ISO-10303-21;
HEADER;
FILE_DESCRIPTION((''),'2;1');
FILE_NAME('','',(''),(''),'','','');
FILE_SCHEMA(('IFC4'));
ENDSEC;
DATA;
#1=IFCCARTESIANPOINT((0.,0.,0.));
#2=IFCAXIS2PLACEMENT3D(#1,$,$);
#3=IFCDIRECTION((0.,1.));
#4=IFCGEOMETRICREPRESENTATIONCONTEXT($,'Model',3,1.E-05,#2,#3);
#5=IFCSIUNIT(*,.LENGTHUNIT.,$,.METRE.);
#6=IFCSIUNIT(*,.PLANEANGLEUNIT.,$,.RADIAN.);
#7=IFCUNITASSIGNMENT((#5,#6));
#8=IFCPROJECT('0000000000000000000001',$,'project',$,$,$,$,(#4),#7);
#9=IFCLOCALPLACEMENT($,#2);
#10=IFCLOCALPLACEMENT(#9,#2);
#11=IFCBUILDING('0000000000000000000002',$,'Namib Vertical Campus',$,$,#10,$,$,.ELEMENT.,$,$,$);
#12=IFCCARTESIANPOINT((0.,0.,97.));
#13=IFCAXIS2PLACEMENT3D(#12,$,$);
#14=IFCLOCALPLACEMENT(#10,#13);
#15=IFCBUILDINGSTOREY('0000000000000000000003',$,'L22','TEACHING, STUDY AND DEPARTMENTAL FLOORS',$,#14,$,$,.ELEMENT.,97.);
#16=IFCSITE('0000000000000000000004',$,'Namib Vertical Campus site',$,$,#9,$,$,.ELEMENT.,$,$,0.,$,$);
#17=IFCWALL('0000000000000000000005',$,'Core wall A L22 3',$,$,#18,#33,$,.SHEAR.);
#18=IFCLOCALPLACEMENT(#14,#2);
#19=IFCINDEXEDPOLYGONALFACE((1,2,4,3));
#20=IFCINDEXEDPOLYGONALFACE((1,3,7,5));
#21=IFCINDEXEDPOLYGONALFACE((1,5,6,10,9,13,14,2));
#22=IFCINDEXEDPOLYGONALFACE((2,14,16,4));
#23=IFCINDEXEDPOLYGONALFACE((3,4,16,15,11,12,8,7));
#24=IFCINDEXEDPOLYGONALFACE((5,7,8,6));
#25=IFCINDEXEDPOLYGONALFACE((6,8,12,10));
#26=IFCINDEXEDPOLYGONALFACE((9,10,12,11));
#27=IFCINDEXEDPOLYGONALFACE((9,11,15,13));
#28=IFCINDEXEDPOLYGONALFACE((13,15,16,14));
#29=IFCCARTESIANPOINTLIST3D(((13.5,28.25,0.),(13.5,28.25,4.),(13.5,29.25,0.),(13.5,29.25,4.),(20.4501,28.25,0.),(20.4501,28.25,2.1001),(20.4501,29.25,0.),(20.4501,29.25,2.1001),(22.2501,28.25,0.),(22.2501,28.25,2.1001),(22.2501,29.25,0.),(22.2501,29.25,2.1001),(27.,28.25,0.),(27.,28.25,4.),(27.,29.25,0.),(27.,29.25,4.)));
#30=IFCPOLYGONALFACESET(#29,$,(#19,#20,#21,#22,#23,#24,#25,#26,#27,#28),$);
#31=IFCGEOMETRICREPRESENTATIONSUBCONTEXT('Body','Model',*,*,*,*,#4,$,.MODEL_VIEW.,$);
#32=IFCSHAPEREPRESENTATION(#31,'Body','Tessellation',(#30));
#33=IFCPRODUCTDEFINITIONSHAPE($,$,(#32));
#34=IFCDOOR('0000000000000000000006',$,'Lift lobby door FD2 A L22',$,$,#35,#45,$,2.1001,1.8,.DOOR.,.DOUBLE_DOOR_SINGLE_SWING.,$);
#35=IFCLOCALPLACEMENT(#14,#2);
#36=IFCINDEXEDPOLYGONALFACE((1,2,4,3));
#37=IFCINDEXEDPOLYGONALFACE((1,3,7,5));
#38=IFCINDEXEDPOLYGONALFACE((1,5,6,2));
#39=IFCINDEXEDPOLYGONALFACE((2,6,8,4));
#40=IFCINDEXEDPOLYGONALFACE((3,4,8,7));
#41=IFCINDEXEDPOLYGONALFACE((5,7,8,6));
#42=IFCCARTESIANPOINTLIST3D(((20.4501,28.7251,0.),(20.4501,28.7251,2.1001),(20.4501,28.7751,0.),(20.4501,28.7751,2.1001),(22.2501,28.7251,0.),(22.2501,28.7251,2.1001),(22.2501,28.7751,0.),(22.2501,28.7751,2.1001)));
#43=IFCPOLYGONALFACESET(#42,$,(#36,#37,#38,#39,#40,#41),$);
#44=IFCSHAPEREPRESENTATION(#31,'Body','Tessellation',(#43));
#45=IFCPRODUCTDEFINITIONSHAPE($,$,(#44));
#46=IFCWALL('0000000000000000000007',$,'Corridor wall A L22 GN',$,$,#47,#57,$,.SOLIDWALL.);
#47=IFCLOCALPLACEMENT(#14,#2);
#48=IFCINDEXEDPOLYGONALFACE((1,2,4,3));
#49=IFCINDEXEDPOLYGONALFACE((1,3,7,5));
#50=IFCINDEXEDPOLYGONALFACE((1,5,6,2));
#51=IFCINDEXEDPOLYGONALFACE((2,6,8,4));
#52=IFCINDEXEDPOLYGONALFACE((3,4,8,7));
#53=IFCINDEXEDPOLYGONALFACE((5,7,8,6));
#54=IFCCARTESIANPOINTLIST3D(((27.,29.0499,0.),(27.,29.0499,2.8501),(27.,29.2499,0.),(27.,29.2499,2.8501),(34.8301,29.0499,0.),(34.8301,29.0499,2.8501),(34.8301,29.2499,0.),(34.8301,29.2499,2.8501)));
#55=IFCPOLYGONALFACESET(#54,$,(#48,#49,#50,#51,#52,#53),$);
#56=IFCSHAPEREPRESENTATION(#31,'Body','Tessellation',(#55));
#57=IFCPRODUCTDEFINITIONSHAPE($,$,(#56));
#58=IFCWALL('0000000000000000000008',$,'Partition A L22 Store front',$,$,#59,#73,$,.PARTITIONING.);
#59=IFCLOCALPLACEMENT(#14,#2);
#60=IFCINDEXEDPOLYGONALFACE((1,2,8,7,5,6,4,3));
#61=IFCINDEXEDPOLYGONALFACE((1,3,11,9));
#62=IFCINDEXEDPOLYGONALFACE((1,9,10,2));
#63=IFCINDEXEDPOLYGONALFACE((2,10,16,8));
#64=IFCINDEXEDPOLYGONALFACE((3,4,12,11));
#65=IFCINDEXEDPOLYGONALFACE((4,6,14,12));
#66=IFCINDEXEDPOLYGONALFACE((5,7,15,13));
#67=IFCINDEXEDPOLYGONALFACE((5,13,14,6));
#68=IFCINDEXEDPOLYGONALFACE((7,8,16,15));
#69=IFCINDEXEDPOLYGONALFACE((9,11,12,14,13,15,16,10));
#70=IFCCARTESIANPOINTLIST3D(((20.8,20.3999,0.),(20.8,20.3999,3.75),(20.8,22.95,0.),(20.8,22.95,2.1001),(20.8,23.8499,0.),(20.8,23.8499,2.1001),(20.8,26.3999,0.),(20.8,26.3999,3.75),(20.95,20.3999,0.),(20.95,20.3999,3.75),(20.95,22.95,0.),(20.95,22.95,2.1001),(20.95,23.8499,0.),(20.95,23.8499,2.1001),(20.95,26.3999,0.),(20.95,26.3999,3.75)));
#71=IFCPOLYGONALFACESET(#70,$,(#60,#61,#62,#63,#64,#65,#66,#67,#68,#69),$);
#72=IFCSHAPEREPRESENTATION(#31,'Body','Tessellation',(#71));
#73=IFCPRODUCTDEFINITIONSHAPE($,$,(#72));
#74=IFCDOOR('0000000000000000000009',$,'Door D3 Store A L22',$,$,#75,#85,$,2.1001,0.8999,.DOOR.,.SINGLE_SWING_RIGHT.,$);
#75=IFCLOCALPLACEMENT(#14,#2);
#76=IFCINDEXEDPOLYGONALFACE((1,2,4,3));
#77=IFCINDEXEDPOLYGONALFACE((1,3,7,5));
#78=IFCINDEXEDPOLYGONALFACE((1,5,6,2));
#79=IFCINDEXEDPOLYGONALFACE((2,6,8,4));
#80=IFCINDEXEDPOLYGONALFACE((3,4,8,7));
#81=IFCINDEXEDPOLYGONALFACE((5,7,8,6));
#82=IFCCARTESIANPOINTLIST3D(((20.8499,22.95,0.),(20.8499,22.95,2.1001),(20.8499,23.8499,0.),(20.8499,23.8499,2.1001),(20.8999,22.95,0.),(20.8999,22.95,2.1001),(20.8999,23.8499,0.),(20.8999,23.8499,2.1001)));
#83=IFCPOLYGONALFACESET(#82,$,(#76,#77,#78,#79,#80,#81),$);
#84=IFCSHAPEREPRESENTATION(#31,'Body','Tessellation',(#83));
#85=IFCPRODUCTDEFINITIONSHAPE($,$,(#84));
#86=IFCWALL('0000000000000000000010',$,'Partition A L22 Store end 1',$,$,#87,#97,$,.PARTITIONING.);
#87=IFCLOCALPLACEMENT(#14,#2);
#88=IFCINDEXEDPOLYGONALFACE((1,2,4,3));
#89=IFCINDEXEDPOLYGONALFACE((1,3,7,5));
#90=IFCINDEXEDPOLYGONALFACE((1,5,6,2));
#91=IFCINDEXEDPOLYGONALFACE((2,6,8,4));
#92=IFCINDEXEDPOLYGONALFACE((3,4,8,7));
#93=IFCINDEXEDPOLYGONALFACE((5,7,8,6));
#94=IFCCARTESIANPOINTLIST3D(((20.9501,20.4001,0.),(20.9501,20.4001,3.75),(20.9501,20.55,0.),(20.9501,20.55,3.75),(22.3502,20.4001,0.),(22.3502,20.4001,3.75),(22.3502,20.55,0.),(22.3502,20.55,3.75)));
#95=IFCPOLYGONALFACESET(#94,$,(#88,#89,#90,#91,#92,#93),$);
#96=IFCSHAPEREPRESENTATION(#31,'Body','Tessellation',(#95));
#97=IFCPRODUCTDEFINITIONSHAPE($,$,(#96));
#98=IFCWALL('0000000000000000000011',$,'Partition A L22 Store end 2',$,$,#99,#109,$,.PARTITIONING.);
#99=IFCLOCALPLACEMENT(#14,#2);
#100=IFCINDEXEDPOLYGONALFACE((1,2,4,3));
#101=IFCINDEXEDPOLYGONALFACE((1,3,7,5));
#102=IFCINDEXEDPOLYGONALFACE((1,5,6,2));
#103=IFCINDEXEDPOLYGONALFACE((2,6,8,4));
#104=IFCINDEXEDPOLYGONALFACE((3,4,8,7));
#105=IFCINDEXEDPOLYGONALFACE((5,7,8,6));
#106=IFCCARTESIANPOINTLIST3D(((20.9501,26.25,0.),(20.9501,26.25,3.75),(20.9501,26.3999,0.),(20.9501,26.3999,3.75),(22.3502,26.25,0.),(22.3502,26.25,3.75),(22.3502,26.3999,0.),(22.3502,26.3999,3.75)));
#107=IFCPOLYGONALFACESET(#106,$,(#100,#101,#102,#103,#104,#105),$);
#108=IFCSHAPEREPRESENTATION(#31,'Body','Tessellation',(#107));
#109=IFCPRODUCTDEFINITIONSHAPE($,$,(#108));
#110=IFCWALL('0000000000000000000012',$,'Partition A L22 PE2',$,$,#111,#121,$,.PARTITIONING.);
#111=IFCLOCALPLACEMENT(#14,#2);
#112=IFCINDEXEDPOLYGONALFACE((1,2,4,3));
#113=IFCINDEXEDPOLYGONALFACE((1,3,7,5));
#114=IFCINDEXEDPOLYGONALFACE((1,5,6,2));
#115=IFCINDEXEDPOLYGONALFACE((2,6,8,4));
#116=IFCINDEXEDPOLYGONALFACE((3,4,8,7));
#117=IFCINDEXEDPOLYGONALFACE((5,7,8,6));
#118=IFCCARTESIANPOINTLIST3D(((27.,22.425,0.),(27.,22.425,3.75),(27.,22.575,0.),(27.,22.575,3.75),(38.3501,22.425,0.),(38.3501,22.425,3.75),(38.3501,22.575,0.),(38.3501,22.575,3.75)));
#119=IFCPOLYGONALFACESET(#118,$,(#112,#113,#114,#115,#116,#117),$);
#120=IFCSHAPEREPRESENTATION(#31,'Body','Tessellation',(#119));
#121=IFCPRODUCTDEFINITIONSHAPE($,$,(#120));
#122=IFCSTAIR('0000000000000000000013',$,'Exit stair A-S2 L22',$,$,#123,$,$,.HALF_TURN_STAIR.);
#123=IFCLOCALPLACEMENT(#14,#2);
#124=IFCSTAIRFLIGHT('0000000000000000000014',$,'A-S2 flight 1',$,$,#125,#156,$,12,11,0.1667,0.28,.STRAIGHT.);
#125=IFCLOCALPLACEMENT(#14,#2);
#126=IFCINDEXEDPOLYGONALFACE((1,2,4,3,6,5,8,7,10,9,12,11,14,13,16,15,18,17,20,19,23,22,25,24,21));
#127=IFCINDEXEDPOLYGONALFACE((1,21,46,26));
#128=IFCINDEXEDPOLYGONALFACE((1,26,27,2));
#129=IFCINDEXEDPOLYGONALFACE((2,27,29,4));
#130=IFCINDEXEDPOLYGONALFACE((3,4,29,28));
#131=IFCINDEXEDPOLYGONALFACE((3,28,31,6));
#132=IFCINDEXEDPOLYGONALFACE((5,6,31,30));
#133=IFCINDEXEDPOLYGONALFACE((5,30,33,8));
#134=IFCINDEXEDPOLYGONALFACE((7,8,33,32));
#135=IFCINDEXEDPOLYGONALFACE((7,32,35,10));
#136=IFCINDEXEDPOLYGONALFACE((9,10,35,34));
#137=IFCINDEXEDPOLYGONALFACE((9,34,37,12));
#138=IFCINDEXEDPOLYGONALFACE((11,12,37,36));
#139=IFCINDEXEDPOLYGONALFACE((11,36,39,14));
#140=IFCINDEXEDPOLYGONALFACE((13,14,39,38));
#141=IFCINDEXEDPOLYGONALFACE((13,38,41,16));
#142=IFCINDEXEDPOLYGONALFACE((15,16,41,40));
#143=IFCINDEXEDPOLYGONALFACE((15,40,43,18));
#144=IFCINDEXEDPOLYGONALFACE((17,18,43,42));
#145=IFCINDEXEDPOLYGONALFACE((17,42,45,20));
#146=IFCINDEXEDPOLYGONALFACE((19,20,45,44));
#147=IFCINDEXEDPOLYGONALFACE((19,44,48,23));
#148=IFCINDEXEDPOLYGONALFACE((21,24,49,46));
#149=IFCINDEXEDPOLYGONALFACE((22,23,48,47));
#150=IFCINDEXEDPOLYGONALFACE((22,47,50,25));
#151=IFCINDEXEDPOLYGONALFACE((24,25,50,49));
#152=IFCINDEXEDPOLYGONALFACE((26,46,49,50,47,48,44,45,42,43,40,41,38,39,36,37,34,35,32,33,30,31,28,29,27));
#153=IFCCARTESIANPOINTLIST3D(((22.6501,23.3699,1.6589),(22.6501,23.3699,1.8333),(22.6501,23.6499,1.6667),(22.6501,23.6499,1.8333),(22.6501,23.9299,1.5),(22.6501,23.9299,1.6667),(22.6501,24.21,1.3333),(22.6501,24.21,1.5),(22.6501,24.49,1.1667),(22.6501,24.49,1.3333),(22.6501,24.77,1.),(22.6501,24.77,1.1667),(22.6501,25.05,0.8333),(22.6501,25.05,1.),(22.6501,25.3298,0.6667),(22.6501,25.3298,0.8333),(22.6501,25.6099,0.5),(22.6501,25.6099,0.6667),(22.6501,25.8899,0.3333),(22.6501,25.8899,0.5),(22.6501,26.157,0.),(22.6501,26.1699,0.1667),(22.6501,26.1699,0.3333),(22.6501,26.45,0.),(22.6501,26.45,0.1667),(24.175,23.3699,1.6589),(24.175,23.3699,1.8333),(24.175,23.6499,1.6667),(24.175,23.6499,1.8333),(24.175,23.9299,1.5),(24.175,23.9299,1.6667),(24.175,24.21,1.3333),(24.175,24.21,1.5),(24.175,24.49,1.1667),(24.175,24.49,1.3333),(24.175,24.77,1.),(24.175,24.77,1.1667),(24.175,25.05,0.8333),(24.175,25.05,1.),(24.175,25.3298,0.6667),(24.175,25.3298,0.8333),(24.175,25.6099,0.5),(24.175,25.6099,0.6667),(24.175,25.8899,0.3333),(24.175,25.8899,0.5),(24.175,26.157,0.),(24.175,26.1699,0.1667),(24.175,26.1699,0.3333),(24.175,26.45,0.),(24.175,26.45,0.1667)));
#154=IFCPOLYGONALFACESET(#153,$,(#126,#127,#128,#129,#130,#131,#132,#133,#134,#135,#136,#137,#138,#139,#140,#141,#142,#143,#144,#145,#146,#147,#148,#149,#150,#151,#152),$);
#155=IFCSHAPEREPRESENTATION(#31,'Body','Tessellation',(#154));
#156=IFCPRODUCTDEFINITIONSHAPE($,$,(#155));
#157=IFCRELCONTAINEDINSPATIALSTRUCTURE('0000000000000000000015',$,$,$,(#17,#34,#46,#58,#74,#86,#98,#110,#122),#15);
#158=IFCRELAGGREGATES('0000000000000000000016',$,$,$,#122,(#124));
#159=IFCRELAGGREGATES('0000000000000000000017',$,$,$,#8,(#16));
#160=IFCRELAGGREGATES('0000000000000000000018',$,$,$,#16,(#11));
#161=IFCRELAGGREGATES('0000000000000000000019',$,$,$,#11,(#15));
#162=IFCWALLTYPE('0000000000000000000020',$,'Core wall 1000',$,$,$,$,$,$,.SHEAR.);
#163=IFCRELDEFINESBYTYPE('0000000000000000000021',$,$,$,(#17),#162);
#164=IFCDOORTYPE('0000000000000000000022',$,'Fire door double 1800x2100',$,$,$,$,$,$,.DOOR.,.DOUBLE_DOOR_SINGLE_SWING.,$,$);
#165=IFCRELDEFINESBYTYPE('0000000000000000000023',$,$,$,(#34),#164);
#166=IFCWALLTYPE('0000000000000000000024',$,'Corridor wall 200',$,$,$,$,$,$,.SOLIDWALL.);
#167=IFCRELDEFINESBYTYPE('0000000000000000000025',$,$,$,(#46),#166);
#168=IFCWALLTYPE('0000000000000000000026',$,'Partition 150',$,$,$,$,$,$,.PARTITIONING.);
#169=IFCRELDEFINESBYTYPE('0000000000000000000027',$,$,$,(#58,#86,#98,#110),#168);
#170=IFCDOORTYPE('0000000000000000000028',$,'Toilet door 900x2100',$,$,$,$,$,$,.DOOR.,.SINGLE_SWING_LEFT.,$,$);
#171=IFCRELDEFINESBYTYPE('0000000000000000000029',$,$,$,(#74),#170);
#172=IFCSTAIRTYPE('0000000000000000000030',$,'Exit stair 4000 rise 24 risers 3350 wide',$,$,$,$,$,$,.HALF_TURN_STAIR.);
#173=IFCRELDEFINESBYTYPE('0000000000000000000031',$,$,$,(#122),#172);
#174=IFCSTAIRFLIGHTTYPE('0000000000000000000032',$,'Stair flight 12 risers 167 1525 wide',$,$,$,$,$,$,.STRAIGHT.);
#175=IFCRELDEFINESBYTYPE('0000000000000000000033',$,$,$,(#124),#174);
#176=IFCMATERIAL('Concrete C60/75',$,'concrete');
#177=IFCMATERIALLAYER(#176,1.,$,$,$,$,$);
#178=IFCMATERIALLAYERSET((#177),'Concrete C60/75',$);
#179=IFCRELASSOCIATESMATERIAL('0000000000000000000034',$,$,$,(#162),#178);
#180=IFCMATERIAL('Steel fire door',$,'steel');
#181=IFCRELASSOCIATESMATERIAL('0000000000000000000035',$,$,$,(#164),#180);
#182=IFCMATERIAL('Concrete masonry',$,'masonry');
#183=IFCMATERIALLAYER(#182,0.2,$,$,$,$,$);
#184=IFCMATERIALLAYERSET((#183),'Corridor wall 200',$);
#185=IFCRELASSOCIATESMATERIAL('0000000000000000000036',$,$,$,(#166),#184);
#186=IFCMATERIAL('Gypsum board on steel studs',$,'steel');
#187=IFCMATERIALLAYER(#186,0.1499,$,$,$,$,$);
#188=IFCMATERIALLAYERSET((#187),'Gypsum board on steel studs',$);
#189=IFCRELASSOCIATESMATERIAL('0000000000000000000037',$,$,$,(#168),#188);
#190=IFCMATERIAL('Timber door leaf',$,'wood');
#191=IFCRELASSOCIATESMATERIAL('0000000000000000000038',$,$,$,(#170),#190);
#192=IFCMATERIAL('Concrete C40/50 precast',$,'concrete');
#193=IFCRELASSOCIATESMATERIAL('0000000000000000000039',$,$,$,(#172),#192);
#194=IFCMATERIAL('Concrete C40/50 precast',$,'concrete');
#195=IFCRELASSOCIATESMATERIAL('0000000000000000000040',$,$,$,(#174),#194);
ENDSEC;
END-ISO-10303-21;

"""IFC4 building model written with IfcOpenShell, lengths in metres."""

from ifc_helpers import new_model, si_unit, direction, frame, frame_2d, origin, place, context, subcontext, project, spatial, polyline, rectangle, outline, extrude, material, layer, layer_set, type_object, element, fill, aggregate, save


model = new_model("IFC4")

# Units and contexts
model_context = context("Model", 3, precision=1e-05, world=origin(), true_north=direction((0.0, 1.0)))
body_context = subcontext(model_context, "Body", "Model", "MODEL_VIEW")
ifc_project = project(units=[si_unit("LENGTHUNIT", "METRE"), si_unit("PLANEANGLEUNIT", "RADIAN")], contexts=[model_context])

# Site, building, storey
site_placement = place(None, origin())
site = spatial("IfcSite", under=ifc_project, at=site_placement, Name="Namib Vertical Campus site", CompositionType="ELEMENT", RefElevation=0.0)
building_placement = place(site_placement, origin())
building = spatial("IfcBuilding", under=site, at=building_placement, Name="Namib Vertical Campus", CompositionType="ELEMENT")
storey_placement = place(building_placement, frame((0.0, 0.0, 97.0)))
storey = spatial("IfcBuildingStorey", under=building, at=storey_placement, Name="L22", Description="TEACHING, STUDY AND DEPARTMENTAL FLOORS", CompositionType="ELEMENT", Elevation=97.0)

# Wall, opening, door
ifc_material_1 = material(Name="Concrete C60/75", Category="concrete")
ifc_layer_1 = layer(ifc_material_1, 1.0)
ifc_layer_set_1 = layer_set([ifc_layer_1], Name="Concrete C60/75")
wall_type_1 = type_object("IfcWallType", Name="Core wall 1000", PredefinedType="SHEAR", material=ifc_layer_set_1)
wall_1_placement = place(storey_placement, frame((27.0, 28.75, 0.0), z_axis=(0.0, 0.0, 1.0), x_axis=(-1.0, 0.0, 0.0)))
wall_1 = element("IfcWall", 1, at=wall_1_placement, inside=storey, type_object=wall_type_1, Name="Core wall A L22 3", PredefinedType="SHEAR", context=body_context, shape_type="SweptSolid", body=[
    extrude(rectangle(XDim=13.5, YDim=1.0, at=frame_2d((6.75, 0.0))), origin(), (0.0, 0.0, 1.0), 4.0),
])
opening_1_placement = place(wall_1_placement, frame((4.75, 0.0, 0.0)))
opening_1 = element("IfcOpeningElement", 2, at=opening_1_placement, cuts=wall_1, PredefinedType="OPENING", context=body_context, shape_type="SweptSolid", body=[
    extrude(rectangle(XDim=1.8, YDim=2.1001, at=frame_2d((0.8999, 1.05))), frame((0.0, 0.51, 0.0), z_axis=(0.0, -1.0, 0.0), x_axis=(1.0, 0.0, 0.0)), (0.0, 0.0, 1.0), 1.02),
])
ifc_material_2 = material(Name="Steel fire door", Category="steel")
door_type_1 = type_object("IfcDoorType", Name="Fire door double 1800x2100", OperationType="DOUBLE_DOOR_SINGLE_SWING", PredefinedType="DOOR", material=ifc_material_2)
door_1_placement = place(opening_1_placement, origin())
door_1 = element("IfcDoor", 3, at=door_1_placement, inside=storey, type_object=door_type_1, Name="Lift lobby door FD2 A L22", OperationType="DOUBLE_DOOR_SINGLE_SWING", OverallHeight=2.1001, OverallWidth=1.8, PredefinedType="DOOR", context=body_context, shape_type="SweptSolid", body=[
    extrude(rectangle(XDim=1.8, YDim=2.1001, at=frame_2d((0.8999, 1.05))), frame((0.0, 0.0249, 0.0), z_axis=(0.0, -1.0, 0.0), x_axis=(1.0, 0.0, 0.0)), (0.0, 0.0, 1.0), 0.05),
])
fill(opening_1, door_1)

# Wall
ifc_material_3 = material(Name="Concrete masonry", Category="masonry")
ifc_layer_2 = layer(ifc_material_3, 0.2)
ifc_layer_set_2 = layer_set([ifc_layer_2], Name="Corridor wall 200")
wall_type_2 = type_object("IfcWallType", Name="Corridor wall 200", PredefinedType="SOLIDWALL", material=ifc_layer_set_2)
wall_2_placement = place(storey_placement, frame((27.0, 29.1499, 0.0), z_axis=(0.0, 0.0, 1.0), x_axis=(1.0, 0.0, 0.0)))
element("IfcWall", 4, at=wall_2_placement, inside=storey, type_object=wall_type_2, Name="Corridor wall A L22 GN", PredefinedType="SOLIDWALL", context=body_context, shape_type="SweptSolid", body=[
    extrude(rectangle(XDim=7.8301, YDim=0.2, at=frame_2d((3.915, 0.0))), origin(), (0.0, 0.0, 1.0), 2.8501),
])

# Wall, opening, door
ifc_material_4 = material(Name="Gypsum board on steel studs", Category="steel")
ifc_layer_3 = layer(ifc_material_4, 0.1499)
ifc_layer_set_3 = layer_set([ifc_layer_3], Name="Gypsum board on steel studs")
wall_type_3 = type_object("IfcWallType", Name="Partition 150", PredefinedType="PARTITIONING", material=ifc_layer_set_3)
wall_3_placement = place(storey_placement, frame((20.875, 20.3999, 0.0), z_axis=(0.0, 0.0, 1.0), x_axis=(0.0, 1.0, 0.0)))
wall_3 = element("IfcWall", 5, at=wall_3_placement, inside=storey, type_object=wall_type_3, Name="Partition A L22 Store front", PredefinedType="PARTITIONING", context=body_context, shape_type="SweptSolid", body=[
    extrude(rectangle(XDim=6.0, YDim=0.1499, at=frame_2d((3.0, 0.0))), origin(), (0.0, 0.0, 1.0), 3.75),
])
opening_2_placement = place(wall_3_placement, frame((2.55, 0.0, 0.0)))
opening_2 = element("IfcOpeningElement", 6, at=opening_2_placement, cuts=wall_3, PredefinedType="OPENING", context=body_context, shape_type="SweptSolid", body=[
    extrude(rectangle(XDim=0.8999, YDim=2.1001, at=frame_2d((0.45, 1.05))), frame((0.0, 0.085, 0.0), z_axis=(0.0, -1.0, 0.0), x_axis=(1.0, 0.0, 0.0)), (0.0, 0.0, 1.0), 0.1699),
])
ifc_material_5 = material(Name="Timber door leaf", Category="wood")
door_type_2 = type_object("IfcDoorType", Name="Toilet door 900x2100", OperationType="SINGLE_SWING_LEFT", PredefinedType="DOOR", material=ifc_material_5)
door_2_placement = place(opening_2_placement, frame((0.8999, 0.0, 0.0), z_axis=(0.0, 0.0, 1.0), x_axis=(-1.0, 0.0, 0.0)))
door_2 = element("IfcDoor", 7, at=door_2_placement, inside=storey, type_object=door_type_2, Name="Door D3 Store A L22", OperationType="SINGLE_SWING_RIGHT", OverallHeight=2.1001, OverallWidth=0.8999, PredefinedType="DOOR", context=body_context, shape_type="SweptSolid", body=[
    extrude(rectangle(XDim=0.8999, YDim=2.1001, at=frame_2d((0.45, 1.05))), frame((0.0, 0.0249, 0.0), z_axis=(0.0, -1.0, 0.0), x_axis=(1.0, 0.0, 0.0)), (0.0, 0.0, 1.0), 0.05),
])
fill(opening_2, door_2)

# Walls
for number, where, z_axis, x_axis, name in (
    (8, (20.95, 20.4751, 0.0), (0.0, 0.0, 1.0), (1.0, 0.0, 0.0), "Partition A L22 Store end 1"),
    (9, (20.95, 26.325, 0.0), (0.0, 0.0, 1.0), (1.0, 0.0, 0.0), "Partition A L22 Store end 2"),
):
    element("IfcWall", number, at=place(storey_placement, frame(where, z_axis=z_axis, x_axis=x_axis)), inside=storey, type_object=wall_type_3, Name=name, PredefinedType="PARTITIONING", context=body_context, shape_type="SweptSolid", body=[
        extrude(rectangle(XDim=1.4001, YDim=0.1499, at=frame_2d((0.7002, 0.0))), origin(), (0.0, 0.0, 1.0), 3.75),
    ])
wall_4_placement = place(storey_placement, frame((27.0, 22.5, 0.0), z_axis=(0.0, 0.0, 1.0), x_axis=(1.0, 0.0, 0.0)))
element("IfcWall", 10, at=wall_4_placement, inside=storey, type_object=wall_type_3, Name="Partition A L22 PE2", PredefinedType="PARTITIONING", context=body_context, shape_type="SweptSolid", body=[
    extrude(rectangle(XDim=11.3501, YDim=0.1499, at=frame_2d((5.675, 0.0))), origin(), (0.0, 0.0, 1.0), 3.75),
])

# Stair, stair flight
ifc_material_6 = material(Name="Concrete C40/50 precast", Category="concrete")
stair_type = type_object("IfcStairType", Name="Exit stair 4000 rise 24 risers 3350 wide", PredefinedType="HALF_TURN_STAIR", material=ifc_material_6)
stair_placement = place(storey_placement, origin())
stair = element("IfcStair", 11, at=stair_placement, inside=storey, type_object=stair_type, Name="Exit stair A-S2 L22", PredefinedType="HALF_TURN_STAIR")
ifc_material_7 = material(Name="Concrete C40/50 precast", Category="concrete")
stair_flight_type = type_object("IfcStairFlightType", Name="Stair flight 12 risers 167 1525 wide", PredefinedType="STRAIGHT", material=ifc_material_7)
stair_flight_1_placement = place(storey_placement, frame((23.4126, 26.45, 0.0), z_axis=(0.0, 0.0, 1.0), x_axis=(0.0, -1.0, 0.0)))
stair_flight_1 = element("IfcStairFlight", 12, at=stair_flight_1_placement, type_object=stair_flight_type, Name="A-S2 flight 1", NumberOfRisers=12, NumberOfTreads=11, PredefinedType="STRAIGHT", RiserHeight=0.1667, TreadLength=0.28, context=body_context, shape_type="SweptSolid", body=[
    extrude(outline(polyline([(0.0, 0.0), (0.0, 0.1667), (0.28, 0.1667), (0.28, 0.3333), (0.5601, 0.3333), (0.5601, 0.5), (0.8401, 0.5), (0.8401, 0.6667), (1.1201, 0.6667), (1.1201, 0.8333), (1.3999, 0.8333), (1.3999, 1.0), (1.6799, 1.0), (1.6799, 1.1667), (1.96, 1.1667), (1.96, 1.3333), (2.24, 1.3333), (2.24, 1.5), (2.52, 1.5), (2.52, 1.6667), (2.8, 1.6667), (2.8, 1.8333), (3.0801, 1.8333), (3.0801, 2.0), (3.0801, 1.6589), (0.293, 0.0), (0.0, 0.0)])), frame((0.0, 0.7625, 0.0), z_axis=(0.0, -1.0, 0.0), x_axis=(1.0, 0.0, 0.0)), (0.0, 0.0, 1.0), 1.5249),
])
aggregate(stair, [stair_flight_1])

save(model, "model.ifc")
